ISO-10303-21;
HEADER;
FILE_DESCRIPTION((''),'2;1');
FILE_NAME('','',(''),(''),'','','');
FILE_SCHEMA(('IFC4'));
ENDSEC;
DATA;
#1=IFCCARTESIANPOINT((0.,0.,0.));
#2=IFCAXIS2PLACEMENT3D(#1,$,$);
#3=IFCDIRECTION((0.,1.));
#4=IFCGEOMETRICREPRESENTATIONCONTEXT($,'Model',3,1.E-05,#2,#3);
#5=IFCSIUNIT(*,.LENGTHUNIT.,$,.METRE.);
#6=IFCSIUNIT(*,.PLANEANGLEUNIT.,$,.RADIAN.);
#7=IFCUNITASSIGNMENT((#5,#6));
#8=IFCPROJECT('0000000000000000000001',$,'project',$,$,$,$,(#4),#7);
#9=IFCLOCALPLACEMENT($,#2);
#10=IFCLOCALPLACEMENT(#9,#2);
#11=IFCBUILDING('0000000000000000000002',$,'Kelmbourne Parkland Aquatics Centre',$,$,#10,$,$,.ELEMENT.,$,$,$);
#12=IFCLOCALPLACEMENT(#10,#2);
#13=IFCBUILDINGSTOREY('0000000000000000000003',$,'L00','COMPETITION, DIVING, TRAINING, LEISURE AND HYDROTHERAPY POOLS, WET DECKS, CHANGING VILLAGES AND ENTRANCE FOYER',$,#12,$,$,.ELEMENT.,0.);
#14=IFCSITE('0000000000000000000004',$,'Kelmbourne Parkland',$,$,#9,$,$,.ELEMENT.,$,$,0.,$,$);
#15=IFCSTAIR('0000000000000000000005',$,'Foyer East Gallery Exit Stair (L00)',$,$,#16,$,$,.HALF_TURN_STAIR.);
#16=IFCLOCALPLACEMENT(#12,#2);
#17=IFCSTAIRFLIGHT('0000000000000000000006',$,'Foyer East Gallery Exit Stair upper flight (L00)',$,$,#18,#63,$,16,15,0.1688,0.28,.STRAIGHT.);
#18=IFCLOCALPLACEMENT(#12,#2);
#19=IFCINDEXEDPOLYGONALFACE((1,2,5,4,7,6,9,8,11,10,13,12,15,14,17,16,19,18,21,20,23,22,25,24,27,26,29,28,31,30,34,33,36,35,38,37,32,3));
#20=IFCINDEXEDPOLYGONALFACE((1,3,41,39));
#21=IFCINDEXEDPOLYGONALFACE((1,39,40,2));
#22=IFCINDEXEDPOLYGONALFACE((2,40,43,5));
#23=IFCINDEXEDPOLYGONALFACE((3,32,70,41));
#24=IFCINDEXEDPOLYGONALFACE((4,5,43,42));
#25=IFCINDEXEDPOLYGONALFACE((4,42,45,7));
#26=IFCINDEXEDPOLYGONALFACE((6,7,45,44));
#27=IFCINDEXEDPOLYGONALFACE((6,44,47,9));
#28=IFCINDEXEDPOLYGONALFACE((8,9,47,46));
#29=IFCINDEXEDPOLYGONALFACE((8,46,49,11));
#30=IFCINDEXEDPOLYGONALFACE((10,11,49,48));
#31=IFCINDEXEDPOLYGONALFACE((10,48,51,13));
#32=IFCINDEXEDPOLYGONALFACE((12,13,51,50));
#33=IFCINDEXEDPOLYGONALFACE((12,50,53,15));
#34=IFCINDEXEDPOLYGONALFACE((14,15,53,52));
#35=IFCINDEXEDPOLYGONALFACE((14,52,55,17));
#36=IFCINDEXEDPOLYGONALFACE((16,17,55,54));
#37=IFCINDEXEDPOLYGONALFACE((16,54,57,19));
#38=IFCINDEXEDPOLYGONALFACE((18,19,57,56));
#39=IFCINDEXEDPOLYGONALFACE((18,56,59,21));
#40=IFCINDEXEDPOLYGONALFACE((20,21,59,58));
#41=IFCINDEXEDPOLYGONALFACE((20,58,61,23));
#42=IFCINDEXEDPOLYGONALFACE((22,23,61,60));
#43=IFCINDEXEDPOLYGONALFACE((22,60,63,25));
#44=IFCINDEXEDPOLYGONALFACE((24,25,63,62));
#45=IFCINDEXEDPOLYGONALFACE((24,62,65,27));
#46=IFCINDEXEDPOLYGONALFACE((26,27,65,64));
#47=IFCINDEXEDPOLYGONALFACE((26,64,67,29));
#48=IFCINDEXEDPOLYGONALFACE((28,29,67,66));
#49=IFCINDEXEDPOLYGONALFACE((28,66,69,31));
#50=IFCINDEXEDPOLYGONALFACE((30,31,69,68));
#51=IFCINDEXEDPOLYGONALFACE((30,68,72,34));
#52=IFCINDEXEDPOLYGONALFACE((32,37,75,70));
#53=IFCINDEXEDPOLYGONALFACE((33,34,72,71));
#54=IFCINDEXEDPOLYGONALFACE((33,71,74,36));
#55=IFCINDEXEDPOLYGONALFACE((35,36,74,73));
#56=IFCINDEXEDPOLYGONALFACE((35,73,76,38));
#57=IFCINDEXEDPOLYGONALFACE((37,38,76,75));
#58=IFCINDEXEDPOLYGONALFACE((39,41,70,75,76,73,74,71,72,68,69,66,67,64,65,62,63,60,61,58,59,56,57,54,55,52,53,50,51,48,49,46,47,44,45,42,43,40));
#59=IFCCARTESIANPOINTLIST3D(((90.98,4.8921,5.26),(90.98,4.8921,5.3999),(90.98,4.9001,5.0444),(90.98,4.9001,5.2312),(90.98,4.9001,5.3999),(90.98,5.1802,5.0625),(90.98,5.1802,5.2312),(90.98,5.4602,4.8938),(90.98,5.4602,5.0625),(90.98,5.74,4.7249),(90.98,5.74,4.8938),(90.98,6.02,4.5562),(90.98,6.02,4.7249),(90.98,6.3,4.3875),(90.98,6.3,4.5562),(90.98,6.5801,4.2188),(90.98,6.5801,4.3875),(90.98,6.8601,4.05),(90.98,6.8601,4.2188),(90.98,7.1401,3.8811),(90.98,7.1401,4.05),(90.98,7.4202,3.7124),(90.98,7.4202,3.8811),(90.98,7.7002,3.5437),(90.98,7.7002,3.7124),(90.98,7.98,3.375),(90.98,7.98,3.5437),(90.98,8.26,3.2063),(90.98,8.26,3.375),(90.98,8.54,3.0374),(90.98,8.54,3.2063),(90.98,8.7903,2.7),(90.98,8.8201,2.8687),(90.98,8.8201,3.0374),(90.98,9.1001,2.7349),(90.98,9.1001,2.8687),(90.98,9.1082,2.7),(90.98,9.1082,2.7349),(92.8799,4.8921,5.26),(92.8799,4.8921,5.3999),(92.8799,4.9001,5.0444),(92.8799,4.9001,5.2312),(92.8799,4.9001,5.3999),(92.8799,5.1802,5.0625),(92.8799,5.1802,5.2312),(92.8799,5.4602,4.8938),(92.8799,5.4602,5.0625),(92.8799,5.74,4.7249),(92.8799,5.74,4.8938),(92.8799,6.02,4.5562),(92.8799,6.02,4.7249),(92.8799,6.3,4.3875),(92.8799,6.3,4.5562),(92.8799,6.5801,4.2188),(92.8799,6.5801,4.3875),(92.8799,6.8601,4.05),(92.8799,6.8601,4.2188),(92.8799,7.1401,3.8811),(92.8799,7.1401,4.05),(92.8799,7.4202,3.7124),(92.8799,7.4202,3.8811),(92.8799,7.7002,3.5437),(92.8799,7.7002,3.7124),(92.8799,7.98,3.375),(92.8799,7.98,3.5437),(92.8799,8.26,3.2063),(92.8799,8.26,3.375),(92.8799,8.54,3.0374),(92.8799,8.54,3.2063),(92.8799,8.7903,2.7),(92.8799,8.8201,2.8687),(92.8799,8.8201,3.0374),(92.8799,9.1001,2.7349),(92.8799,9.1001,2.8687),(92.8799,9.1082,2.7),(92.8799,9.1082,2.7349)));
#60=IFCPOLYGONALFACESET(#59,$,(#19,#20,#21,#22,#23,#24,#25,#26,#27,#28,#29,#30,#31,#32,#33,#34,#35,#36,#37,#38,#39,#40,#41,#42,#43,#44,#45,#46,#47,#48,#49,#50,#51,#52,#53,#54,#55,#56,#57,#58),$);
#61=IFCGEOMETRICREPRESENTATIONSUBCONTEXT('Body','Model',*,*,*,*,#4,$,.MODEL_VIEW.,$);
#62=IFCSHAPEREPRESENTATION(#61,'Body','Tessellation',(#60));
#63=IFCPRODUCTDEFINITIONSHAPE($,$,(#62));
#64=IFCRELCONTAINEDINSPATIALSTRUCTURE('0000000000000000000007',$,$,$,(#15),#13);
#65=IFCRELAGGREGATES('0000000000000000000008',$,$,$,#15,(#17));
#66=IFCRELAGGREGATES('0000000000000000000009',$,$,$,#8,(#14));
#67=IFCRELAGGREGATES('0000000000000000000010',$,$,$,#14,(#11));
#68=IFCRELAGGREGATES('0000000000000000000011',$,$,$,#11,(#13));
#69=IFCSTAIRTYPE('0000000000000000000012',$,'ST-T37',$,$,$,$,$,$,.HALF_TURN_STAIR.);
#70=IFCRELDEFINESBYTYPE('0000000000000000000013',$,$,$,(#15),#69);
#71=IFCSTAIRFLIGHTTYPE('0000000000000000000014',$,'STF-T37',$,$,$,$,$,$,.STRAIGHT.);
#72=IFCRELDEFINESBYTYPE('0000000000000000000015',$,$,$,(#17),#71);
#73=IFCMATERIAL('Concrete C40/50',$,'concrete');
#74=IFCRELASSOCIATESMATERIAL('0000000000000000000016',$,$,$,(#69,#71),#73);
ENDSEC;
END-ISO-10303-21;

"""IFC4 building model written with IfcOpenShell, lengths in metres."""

from ifc_helpers import new_model, si_unit, direction, frame, origin, place, context, subcontext, project, spatial, polyline, outline, extrude, material, type_object, element, aggregate, save


model = new_model("IFC4")

# Units and contexts
model_context = context("Model", 3, precision=1e-05, world=origin(), true_north=direction((0.0, 1.0)))
body_context = subcontext(model_context, "Body", "Model", "MODEL_VIEW")
ifc_project = project(units=[si_unit("LENGTHUNIT", "METRE"), si_unit("PLANEANGLEUNIT", "RADIAN")], contexts=[model_context])

# Site, building, storey
site_placement = place(None, origin())
site = spatial("IfcSite", under=ifc_project, at=site_placement, Name="Kelmbourne Parkland", CompositionType="ELEMENT", RefElevation=0.0)
building_placement = place(site_placement, origin())
building = spatial("IfcBuilding", under=site, at=building_placement, Name="Kelmbourne Parkland Aquatics Centre", CompositionType="ELEMENT")
storey_placement = place(building_placement, origin())
storey = spatial("IfcBuildingStorey", under=building, at=storey_placement, Name="L00", Description="COMPETITION, DIVING, TRAINING, LEISURE AND HYDROTHERAPY POOLS, WET DECKS, CHANGING VILLAGES AND ENTRANCE FOYER", CompositionType="ELEMENT", Elevation=0.0)

# Shared definitions
ifc_material_1 = material(Name="Concrete C40/50", Category="concrete")

# Stair, stair flight
stair_type = type_object("IfcStairType", Name="ST-T37", PredefinedType="HALF_TURN_STAIR", material=ifc_material_1)
stair_placement = place(storey_placement, origin())
stair = element("IfcStair", 1, at=stair_placement, inside=storey, type_object=stair_type, Name="Foyer East Gallery Exit Stair (L00)", PredefinedType="HALF_TURN_STAIR")
stair_flight_type = type_object("IfcStairFlightType", Name="STF-T37", PredefinedType="STRAIGHT", material=ifc_material_1)
stair_flight_1_placement = place(storey_placement, frame((91.9299, 9.1001, 2.7), z_axis=(0.0, 0.0, 1.0), x_axis=(0.0, -1.0, 0.0)))
stair_flight_1 = element("IfcStairFlight", 2, at=stair_flight_1_placement, type_object=stair_flight_type, Name="Foyer East Gallery Exit Stair upper flight (L00)", NumberOfRisers=16, NumberOfTreads=15, PredefinedType="STRAIGHT", RiserHeight=0.1688, TreadLength=0.28, context=body_context, shape_type="SweptSolid", body=[
    extrude(outline(polyline([(-0.0081, 0.0), (-0.0081, 0.0349), (0.0, 0.0349), (0.0, 0.1687), (0.28, 0.1687), (0.28, 0.3374), (0.5601, 0.3374), (0.5601, 0.5063), (0.8401, 0.5063), (0.8401, 0.675), (1.1201, 0.675), (1.1201, 0.8438), (1.3999, 0.8438), (1.3999, 1.0125), (1.6799, 1.0125), (1.6799, 1.1812), (1.96, 1.1812), (1.96, 1.3501), (2.24, 1.3501), (2.24, 1.5188), (2.52, 1.5188), (2.52, 1.6875), (2.8, 1.6875), (2.8, 1.8562), (3.0801, 1.8562), (3.0801, 2.0249), (3.3601, 2.0249), (3.3601, 2.1938), (3.6399, 2.1938), (3.6399, 2.3625), (3.9199, 2.3625), (3.9199, 2.5312), (4.2, 2.5312), (4.2, 2.7), (4.208, 2.7), (4.208, 2.5601), (4.2, 2.3445), (0.3098, 0.0), (-0.0081, 0.0)])), frame((0.0, 0.95, 0.0), z_axis=(0.0, -1.0, 0.0), x_axis=(1.0, 0.0, 0.0)), (0.0, 0.0, 1.0), 1.8999),
])
aggregate(stair, [stair_flight_1])

save(model, "model.ifc")
